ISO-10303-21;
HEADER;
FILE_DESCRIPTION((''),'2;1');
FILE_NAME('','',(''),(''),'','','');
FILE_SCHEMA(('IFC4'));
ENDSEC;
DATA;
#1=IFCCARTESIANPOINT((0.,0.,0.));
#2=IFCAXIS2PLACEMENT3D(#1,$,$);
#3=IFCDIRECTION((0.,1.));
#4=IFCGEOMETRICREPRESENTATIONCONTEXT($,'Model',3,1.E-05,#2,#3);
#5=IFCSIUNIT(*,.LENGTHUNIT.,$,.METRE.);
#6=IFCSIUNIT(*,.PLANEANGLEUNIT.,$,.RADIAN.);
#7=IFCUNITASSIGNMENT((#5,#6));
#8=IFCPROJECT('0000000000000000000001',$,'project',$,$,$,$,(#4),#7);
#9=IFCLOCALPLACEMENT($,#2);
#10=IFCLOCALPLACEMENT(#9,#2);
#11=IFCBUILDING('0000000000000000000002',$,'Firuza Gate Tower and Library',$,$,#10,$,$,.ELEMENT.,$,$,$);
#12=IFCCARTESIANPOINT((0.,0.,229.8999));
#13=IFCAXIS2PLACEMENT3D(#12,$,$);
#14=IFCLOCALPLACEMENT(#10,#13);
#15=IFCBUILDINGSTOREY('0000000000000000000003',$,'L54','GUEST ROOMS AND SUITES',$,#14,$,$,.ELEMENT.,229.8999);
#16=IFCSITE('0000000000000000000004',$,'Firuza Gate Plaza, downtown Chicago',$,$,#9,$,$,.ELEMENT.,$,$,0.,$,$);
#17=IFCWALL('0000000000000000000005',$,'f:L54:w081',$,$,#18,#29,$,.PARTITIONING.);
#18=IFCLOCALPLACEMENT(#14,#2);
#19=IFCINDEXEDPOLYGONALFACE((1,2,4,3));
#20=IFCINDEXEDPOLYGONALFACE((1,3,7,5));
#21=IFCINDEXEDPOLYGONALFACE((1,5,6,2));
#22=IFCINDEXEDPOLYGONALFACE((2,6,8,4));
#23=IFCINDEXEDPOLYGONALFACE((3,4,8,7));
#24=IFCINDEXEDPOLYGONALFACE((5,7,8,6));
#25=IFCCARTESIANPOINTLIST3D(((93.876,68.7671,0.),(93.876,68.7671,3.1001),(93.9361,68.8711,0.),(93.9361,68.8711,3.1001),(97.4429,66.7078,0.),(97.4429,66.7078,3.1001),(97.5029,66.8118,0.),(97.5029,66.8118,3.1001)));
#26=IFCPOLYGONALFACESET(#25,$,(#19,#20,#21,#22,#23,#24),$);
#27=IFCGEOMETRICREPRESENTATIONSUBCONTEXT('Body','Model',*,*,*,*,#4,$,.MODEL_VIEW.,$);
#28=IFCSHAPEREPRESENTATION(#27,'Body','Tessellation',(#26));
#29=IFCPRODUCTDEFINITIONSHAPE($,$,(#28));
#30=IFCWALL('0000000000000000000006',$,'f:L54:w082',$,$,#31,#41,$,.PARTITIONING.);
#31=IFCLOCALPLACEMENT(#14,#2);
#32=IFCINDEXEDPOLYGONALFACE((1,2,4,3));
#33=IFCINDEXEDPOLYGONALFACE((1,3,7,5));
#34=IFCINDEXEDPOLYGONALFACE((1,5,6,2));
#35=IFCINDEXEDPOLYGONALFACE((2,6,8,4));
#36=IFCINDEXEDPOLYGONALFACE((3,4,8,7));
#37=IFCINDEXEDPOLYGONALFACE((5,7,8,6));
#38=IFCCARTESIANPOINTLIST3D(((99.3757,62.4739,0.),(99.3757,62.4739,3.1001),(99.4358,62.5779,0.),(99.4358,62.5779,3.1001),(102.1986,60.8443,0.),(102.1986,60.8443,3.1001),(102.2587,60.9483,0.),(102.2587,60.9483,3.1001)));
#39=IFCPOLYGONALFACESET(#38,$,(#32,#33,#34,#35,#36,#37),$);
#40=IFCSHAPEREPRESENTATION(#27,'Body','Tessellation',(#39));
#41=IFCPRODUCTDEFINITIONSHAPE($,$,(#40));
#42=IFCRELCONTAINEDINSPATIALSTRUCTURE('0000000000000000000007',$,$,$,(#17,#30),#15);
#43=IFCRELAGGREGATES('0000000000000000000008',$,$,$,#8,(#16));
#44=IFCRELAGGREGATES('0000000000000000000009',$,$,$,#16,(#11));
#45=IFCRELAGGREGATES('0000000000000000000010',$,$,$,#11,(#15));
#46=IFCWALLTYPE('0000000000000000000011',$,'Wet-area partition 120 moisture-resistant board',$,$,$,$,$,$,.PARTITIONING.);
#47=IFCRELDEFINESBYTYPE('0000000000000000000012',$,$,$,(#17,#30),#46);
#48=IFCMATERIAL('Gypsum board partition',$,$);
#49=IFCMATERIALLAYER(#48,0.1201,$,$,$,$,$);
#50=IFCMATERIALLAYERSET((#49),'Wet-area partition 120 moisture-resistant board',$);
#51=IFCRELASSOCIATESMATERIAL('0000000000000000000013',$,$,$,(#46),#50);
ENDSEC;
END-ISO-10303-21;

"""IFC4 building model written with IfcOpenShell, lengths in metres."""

from ifc_helpers import new_model, si_unit, direction, frame, frame_2d, origin, place, context, subcontext, project, spatial, rectangle, extrude, material, layer, layer_set, type_object, element, save


model = new_model("IFC4")

# Units and contexts
model_context = context("Model", 3, precision=1e-05, world=origin(), true_north=direction((0.0, 1.0)))
body_context = subcontext(model_context, "Body", "Model", "MODEL_VIEW")
ifc_project = project(units=[si_unit("LENGTHUNIT", "METRE"), si_unit("PLANEANGLEUNIT", "RADIAN")], contexts=[model_context])

# Site, building, storey
site_placement = place(None, origin())
site = spatial("IfcSite", under=ifc_project, at=site_placement, Name="Firuza Gate Plaza, downtown Chicago", CompositionType="ELEMENT", RefElevation=0.0)
building_placement = place(site_placement, origin())
building = spatial("IfcBuilding", under=site, at=building_placement, Name="Firuza Gate Tower and Library", CompositionType="ELEMENT")
storey_placement = place(building_placement, frame((0.0, 0.0, 229.8999)))
storey = spatial("IfcBuildingStorey", under=building, at=storey_placement, Name="L54", Description="GUEST ROOMS AND SUITES", CompositionType="ELEMENT", Elevation=229.8999)

# Shared definitions
ifc_material_1 = material(Name="Gypsum board partition")
ifc_layer_1 = layer(ifc_material_1, 0.1201)
ifc_layer_set_1 = layer_set([ifc_layer_1], Name="Wet-area partition 120 moisture-resistant board")
wall_type_1 = type_object("IfcWallType", Name="Wet-area partition 120 moisture-resistant board", PredefinedType="PARTITIONING", material=ifc_layer_set_1)

# Walls
wall_1_placement = place(storey_placement, frame((97.4729, 66.7598, 0.0), z_axis=(0.0, 0.0, 1.0), x_axis=(-0.866028, 0.499996, 0.0)))
element("IfcWall", 1, at=wall_1_placement, inside=storey, type_object=wall_type_1, Name="f:L54:w081", PredefinedType="PARTITIONING", context=body_context, shape_type="SweptSolid", body=[
    extrude(rectangle(XDim=4.1187, YDim=0.1201, at=frame_2d((2.0593, 0.0))), origin(), (0.0, 0.0, 1.0), 3.1001),
])
wall_2_placement = place(storey_placement, frame((102.2288, 60.8962, 0.0), z_axis=(0.0, 0.0, 1.0), x_axis=(-0.866055, 0.499949, 0.0)))
element("IfcWall", 2, at=wall_2_placement, inside=storey, type_object=wall_type_1, Name="f:L54:w082", PredefinedType="PARTITIONING", context=body_context, shape_type="SweptSolid", body=[
    extrude(rectangle(XDim=3.2595, YDim=0.1201, at=frame_2d((1.6299, 0.0))), origin(), (0.0, 0.0, 1.0), 3.1001),
])

save(model, "model.ifc")
